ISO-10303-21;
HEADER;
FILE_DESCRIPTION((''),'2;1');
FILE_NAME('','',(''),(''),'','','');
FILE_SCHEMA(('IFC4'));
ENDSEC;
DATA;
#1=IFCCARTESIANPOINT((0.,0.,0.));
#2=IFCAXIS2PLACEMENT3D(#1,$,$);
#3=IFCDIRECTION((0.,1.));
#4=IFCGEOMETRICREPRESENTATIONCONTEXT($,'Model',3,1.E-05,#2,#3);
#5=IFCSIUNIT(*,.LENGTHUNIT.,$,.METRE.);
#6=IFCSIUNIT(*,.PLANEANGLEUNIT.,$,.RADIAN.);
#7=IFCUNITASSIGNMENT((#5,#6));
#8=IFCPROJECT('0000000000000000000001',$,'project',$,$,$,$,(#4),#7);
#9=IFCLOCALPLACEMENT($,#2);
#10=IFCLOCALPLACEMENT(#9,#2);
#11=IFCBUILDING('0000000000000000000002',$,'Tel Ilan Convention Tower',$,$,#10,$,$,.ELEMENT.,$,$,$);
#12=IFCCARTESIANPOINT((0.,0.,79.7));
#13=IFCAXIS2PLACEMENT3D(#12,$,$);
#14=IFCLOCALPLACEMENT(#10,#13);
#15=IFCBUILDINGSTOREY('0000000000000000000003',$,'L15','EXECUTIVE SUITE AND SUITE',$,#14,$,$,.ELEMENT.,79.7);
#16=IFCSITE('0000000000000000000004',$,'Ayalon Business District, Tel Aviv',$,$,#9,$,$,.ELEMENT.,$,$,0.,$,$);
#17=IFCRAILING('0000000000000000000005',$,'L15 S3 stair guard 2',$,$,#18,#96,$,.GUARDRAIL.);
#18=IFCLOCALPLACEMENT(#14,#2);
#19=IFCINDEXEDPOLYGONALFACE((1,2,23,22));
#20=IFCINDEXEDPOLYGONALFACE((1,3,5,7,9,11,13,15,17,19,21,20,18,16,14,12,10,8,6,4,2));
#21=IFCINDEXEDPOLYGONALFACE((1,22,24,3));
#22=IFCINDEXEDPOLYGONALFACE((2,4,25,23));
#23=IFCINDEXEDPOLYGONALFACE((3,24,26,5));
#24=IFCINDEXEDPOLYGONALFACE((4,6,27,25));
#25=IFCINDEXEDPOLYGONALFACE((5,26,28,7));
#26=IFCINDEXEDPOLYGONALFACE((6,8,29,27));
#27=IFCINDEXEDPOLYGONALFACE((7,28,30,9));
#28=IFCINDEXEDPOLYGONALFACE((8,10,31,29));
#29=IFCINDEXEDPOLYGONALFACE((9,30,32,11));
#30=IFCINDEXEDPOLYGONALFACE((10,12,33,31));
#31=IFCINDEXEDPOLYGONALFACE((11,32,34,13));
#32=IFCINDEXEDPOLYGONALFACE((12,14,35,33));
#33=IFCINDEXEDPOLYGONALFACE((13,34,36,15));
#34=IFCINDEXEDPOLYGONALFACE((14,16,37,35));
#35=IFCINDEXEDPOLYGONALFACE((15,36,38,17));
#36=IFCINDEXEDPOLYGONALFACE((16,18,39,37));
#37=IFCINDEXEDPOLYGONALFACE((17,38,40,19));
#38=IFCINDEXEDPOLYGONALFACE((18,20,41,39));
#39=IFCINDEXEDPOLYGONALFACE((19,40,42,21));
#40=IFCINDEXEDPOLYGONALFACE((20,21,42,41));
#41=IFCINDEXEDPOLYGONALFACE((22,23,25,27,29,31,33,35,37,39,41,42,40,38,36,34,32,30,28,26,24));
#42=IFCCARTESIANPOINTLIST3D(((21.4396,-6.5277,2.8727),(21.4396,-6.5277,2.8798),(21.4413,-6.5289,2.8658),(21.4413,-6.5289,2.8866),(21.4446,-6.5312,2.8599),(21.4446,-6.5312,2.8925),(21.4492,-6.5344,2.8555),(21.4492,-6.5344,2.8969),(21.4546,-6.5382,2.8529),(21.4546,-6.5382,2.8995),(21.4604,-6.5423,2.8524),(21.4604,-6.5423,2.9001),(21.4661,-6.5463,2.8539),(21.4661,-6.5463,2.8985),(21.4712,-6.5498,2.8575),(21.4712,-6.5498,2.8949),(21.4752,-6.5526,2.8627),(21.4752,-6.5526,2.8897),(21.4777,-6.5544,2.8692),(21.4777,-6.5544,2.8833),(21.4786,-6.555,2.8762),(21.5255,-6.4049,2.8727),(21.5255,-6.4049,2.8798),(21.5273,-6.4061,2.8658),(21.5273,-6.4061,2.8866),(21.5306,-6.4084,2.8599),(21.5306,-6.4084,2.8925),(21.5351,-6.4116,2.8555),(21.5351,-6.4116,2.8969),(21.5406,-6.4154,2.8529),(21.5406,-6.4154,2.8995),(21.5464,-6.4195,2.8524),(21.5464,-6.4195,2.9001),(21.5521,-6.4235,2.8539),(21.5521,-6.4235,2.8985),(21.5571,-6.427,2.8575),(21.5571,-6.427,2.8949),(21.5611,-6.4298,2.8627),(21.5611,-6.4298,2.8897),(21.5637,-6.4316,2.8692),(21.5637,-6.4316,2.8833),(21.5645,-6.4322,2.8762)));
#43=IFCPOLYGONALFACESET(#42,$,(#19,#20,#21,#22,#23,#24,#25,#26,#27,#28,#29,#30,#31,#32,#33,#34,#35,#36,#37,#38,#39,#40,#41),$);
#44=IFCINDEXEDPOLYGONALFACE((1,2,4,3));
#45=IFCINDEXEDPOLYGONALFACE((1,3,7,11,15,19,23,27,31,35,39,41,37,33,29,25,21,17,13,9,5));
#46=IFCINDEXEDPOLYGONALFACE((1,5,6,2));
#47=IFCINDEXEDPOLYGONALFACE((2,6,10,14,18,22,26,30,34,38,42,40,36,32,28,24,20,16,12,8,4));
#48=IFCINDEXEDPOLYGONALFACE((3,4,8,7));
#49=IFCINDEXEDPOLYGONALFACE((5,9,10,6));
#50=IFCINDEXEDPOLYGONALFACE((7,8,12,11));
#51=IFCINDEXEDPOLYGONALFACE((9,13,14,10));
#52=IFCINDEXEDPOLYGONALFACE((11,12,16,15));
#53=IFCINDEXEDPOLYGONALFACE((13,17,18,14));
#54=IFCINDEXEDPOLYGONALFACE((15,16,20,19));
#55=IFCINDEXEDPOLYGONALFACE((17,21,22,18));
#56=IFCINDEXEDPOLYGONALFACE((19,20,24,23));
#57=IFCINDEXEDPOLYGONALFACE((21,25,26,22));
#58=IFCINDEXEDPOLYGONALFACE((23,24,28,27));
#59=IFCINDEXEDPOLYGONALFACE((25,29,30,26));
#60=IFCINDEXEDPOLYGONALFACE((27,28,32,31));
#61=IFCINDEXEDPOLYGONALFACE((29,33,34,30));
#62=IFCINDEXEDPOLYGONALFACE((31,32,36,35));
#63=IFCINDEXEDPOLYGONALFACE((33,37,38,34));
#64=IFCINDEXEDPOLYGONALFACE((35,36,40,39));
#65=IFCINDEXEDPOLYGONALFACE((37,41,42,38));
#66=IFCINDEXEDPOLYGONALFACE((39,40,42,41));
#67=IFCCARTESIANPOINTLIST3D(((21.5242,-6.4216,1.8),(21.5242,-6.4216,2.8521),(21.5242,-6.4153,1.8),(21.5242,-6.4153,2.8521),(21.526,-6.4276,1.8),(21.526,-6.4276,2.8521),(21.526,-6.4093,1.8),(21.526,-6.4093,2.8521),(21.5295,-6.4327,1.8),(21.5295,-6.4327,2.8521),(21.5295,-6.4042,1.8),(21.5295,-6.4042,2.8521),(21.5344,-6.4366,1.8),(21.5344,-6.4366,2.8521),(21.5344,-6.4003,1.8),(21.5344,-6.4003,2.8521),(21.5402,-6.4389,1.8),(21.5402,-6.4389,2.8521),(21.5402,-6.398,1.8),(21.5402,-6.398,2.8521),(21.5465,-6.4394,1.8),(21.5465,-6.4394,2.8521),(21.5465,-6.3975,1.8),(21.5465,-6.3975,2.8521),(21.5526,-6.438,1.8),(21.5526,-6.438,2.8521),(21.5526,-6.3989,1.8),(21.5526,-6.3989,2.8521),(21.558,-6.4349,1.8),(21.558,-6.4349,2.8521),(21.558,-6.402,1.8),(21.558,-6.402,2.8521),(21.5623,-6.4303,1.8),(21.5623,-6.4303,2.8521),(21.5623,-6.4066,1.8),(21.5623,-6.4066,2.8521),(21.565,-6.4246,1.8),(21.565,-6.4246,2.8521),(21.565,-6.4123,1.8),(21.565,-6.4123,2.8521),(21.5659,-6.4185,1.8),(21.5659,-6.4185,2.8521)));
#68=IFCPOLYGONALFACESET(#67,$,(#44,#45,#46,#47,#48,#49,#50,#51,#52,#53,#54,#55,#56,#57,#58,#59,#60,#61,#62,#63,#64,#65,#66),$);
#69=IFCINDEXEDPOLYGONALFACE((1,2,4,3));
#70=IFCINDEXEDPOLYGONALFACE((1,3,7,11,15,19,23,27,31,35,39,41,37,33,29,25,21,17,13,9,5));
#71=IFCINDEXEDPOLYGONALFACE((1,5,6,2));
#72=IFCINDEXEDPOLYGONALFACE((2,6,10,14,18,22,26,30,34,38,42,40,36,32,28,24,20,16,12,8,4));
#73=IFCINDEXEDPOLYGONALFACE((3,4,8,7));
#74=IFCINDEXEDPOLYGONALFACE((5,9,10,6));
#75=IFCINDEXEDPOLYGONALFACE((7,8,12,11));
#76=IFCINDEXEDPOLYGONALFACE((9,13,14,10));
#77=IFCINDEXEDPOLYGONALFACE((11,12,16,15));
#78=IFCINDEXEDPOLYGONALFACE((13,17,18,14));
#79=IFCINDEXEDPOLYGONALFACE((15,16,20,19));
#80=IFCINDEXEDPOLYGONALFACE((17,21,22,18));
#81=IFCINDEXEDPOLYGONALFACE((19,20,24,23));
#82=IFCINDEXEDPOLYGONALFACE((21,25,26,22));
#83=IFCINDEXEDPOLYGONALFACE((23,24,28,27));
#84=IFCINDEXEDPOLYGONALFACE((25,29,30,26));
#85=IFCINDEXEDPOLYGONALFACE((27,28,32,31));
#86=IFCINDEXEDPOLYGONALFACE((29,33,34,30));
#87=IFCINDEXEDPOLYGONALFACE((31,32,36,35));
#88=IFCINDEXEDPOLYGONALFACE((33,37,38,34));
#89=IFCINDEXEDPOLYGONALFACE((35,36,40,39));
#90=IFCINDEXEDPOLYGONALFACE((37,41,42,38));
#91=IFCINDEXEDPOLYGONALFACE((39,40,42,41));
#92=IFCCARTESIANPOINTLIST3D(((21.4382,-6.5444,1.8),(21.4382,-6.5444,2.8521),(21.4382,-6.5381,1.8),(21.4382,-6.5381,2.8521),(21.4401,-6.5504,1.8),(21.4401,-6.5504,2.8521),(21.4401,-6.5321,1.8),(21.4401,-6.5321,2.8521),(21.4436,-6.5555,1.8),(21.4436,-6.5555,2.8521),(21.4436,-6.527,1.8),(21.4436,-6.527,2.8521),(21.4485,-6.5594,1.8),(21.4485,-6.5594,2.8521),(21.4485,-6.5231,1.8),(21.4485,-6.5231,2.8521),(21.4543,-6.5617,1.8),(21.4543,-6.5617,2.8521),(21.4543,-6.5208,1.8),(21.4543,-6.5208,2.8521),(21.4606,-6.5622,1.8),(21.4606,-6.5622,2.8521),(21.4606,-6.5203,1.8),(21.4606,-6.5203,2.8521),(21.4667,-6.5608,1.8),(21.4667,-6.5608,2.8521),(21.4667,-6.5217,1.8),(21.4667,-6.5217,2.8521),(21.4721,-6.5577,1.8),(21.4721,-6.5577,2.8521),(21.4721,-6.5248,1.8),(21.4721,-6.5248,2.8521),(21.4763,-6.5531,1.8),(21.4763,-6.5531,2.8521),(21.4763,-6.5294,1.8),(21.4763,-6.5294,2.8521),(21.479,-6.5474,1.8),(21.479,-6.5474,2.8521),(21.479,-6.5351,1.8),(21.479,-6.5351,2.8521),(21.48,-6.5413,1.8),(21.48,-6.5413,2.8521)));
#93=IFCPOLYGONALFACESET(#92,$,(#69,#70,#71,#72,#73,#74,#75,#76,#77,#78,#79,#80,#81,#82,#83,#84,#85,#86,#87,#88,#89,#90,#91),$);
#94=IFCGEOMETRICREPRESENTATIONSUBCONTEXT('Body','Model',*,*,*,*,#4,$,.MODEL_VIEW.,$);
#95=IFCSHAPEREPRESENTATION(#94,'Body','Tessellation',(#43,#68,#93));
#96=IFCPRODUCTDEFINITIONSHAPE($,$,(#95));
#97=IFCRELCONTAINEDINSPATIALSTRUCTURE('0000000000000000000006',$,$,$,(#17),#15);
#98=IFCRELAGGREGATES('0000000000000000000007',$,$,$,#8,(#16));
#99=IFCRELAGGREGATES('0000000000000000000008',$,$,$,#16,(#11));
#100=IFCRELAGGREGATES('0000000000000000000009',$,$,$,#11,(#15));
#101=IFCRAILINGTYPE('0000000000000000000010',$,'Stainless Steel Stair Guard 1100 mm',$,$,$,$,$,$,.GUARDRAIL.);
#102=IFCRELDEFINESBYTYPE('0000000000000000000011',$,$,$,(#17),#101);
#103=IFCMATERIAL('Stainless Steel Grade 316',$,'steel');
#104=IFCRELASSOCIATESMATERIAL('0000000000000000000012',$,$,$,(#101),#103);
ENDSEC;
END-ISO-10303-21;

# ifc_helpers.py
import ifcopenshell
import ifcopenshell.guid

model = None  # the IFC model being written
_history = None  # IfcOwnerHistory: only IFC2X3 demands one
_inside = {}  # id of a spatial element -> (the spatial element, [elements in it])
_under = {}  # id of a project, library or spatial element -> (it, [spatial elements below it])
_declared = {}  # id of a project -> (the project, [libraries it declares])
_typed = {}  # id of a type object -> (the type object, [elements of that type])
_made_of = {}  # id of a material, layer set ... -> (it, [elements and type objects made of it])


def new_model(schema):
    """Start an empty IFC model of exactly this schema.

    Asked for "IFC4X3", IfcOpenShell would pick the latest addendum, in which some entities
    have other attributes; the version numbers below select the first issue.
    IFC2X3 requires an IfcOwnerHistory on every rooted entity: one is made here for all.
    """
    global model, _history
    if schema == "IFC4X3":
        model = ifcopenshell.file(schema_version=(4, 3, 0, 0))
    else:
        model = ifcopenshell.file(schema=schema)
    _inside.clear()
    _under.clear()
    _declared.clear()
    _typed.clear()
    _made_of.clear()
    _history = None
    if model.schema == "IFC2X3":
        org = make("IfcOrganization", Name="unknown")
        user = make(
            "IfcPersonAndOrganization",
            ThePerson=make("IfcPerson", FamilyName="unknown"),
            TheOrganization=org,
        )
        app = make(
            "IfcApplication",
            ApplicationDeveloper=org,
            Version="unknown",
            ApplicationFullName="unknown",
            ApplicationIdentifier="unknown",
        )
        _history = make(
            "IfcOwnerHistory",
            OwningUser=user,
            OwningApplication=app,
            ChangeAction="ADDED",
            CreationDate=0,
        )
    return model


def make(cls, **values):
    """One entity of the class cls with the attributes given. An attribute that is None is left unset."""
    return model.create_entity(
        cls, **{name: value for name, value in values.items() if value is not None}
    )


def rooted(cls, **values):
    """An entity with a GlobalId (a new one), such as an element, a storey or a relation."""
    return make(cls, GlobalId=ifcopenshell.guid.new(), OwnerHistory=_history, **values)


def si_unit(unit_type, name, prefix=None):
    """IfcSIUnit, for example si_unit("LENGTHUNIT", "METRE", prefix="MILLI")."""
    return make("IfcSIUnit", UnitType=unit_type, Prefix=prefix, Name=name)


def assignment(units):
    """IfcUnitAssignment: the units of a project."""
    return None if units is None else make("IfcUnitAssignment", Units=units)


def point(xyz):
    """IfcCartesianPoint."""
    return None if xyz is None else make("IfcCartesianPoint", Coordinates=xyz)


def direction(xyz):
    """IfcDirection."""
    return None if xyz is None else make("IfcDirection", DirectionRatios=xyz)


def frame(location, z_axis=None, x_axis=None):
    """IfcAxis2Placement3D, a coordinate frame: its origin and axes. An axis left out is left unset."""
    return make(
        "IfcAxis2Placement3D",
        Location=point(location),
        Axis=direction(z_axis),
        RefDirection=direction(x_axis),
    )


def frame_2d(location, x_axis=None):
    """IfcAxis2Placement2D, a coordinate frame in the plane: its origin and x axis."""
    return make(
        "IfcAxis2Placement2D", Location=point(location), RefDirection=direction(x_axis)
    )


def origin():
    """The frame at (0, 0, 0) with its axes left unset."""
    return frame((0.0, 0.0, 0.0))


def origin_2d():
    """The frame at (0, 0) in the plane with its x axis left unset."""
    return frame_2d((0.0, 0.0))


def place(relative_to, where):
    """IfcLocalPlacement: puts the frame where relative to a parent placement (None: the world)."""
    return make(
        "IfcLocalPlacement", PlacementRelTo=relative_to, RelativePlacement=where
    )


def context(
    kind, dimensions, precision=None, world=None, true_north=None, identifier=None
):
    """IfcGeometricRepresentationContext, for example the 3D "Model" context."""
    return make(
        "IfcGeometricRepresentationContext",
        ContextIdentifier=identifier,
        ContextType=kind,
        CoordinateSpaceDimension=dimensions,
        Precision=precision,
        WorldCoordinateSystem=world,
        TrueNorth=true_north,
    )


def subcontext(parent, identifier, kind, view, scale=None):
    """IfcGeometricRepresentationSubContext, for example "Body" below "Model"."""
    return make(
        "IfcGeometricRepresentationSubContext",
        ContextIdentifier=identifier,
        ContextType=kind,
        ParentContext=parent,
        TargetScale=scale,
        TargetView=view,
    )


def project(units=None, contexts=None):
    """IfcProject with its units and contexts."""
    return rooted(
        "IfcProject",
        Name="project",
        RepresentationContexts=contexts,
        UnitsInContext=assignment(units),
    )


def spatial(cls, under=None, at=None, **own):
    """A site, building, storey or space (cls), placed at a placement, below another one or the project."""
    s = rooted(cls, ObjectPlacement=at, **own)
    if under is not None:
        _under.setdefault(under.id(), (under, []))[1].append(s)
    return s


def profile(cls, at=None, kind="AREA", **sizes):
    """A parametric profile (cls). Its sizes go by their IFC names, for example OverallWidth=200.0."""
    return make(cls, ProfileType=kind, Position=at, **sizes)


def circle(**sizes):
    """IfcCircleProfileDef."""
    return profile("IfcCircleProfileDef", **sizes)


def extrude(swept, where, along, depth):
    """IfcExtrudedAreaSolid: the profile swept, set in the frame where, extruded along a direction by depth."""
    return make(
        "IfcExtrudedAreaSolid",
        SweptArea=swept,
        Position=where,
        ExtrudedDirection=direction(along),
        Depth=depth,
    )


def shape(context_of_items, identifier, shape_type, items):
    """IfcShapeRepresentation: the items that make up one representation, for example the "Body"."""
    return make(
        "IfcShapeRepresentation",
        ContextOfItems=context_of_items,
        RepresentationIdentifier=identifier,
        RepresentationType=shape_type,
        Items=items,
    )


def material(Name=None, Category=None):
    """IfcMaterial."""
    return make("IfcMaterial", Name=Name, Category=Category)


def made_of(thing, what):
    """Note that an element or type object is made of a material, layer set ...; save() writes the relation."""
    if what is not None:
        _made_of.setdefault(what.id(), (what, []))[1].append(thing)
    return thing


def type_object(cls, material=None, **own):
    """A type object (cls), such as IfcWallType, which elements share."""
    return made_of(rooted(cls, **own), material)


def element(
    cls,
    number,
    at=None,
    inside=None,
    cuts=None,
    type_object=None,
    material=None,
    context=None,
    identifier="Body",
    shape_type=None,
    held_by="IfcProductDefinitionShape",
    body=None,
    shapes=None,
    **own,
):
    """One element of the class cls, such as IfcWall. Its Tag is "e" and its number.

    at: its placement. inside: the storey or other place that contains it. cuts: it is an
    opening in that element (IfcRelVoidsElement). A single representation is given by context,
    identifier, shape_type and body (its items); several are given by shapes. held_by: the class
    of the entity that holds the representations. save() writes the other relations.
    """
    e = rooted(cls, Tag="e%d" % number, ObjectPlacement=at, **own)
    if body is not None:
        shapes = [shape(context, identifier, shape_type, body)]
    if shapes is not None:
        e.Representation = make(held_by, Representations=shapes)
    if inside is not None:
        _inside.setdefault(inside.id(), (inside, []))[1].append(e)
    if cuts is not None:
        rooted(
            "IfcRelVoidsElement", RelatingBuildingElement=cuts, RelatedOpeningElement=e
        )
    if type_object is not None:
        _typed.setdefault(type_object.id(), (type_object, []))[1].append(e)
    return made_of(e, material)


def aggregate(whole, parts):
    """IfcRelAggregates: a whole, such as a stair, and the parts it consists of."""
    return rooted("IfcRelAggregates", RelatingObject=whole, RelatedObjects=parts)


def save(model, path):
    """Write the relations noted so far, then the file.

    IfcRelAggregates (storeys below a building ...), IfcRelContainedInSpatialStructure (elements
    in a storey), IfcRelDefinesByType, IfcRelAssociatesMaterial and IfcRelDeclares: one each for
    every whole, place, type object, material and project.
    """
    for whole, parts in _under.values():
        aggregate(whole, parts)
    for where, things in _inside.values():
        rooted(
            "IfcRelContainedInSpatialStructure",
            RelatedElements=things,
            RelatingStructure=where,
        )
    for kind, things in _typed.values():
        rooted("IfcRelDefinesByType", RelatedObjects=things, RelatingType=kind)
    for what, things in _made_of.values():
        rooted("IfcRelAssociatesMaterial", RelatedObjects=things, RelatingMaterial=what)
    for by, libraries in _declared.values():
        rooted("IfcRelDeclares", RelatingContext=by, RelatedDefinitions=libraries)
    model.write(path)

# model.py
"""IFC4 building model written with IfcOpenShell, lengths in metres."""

from ifc_helpers import new_model, si_unit, direction, frame, origin, origin_2d, place, context, subcontext, project, spatial, circle, extrude, material, type_object, element, save


model = new_model("IFC4")

# Units and contexts
model_context = context("Model", 3, precision=1e-05, world=origin(), true_north=direction((0.0, 1.0)))
body_context = subcontext(model_context, "Body", "Model", "MODEL_VIEW")
ifc_project = project(units=[si_unit("LENGTHUNIT", "METRE"), si_unit("PLANEANGLEUNIT", "RADIAN")], contexts=[model_context])

# Site, building, storey
site_placement = place(None, origin())
site = spatial("IfcSite", under=ifc_project, at=site_placement, Name="Ayalon Business District, Tel Aviv", CompositionType="ELEMENT", RefElevation=0.0)
building_placement = place(site_placement, origin())
building = spatial("IfcBuilding", under=site, at=building_placement, Name="Tel Ilan Convention Tower", CompositionType="ELEMENT")
storey_placement = place(building_placement, frame((0.0, 0.0, 79.7)))
storey = spatial("IfcBuildingStorey", under=building, at=storey_placement, Name="L15", Description="EXECUTIVE SUITE AND SUITE", CompositionType="ELEMENT", Elevation=79.7)

# Railing
ifc_material_1 = material(Name="Stainless Steel Grade 316", Category="steel")
railing_type_1 = type_object("IfcRailingType", Name="Stainless Steel Stair Guard 1100 mm", PredefinedType="GUARDRAIL", material=ifc_material_1)
railing_1_placement = place(storey_placement, frame((21.5449, -6.4185, 1.8)))
element("IfcRailing", 1, at=railing_1_placement, inside=storey, type_object=railing_type_1, Name="L15 S3 stair guard 2", PredefinedType="GUARDRAIL", context=body_context, shape_type="SweptSolid", body=[
    extrude(circle(Radius=0.0239, at=origin_2d()), frame((0.0, 0.0, 1.0762), z_axis=(-0.573353, -0.819308, 0.0), x_axis=(0.819308, -0.573353, 0.0)), (0.0, 0.0, 1.0), 0.1499),
    extrude(circle(Radius=0.021, at=origin_2d()), origin(), (0.0, 0.0, 1.0), 1.052),
    extrude(circle(Radius=0.021, at=origin_2d()), frame((-0.0859, -0.1228, 0.0)), (0.0, 0.0, 1.0), 1.052),
])

save(model, "model.ifc")
